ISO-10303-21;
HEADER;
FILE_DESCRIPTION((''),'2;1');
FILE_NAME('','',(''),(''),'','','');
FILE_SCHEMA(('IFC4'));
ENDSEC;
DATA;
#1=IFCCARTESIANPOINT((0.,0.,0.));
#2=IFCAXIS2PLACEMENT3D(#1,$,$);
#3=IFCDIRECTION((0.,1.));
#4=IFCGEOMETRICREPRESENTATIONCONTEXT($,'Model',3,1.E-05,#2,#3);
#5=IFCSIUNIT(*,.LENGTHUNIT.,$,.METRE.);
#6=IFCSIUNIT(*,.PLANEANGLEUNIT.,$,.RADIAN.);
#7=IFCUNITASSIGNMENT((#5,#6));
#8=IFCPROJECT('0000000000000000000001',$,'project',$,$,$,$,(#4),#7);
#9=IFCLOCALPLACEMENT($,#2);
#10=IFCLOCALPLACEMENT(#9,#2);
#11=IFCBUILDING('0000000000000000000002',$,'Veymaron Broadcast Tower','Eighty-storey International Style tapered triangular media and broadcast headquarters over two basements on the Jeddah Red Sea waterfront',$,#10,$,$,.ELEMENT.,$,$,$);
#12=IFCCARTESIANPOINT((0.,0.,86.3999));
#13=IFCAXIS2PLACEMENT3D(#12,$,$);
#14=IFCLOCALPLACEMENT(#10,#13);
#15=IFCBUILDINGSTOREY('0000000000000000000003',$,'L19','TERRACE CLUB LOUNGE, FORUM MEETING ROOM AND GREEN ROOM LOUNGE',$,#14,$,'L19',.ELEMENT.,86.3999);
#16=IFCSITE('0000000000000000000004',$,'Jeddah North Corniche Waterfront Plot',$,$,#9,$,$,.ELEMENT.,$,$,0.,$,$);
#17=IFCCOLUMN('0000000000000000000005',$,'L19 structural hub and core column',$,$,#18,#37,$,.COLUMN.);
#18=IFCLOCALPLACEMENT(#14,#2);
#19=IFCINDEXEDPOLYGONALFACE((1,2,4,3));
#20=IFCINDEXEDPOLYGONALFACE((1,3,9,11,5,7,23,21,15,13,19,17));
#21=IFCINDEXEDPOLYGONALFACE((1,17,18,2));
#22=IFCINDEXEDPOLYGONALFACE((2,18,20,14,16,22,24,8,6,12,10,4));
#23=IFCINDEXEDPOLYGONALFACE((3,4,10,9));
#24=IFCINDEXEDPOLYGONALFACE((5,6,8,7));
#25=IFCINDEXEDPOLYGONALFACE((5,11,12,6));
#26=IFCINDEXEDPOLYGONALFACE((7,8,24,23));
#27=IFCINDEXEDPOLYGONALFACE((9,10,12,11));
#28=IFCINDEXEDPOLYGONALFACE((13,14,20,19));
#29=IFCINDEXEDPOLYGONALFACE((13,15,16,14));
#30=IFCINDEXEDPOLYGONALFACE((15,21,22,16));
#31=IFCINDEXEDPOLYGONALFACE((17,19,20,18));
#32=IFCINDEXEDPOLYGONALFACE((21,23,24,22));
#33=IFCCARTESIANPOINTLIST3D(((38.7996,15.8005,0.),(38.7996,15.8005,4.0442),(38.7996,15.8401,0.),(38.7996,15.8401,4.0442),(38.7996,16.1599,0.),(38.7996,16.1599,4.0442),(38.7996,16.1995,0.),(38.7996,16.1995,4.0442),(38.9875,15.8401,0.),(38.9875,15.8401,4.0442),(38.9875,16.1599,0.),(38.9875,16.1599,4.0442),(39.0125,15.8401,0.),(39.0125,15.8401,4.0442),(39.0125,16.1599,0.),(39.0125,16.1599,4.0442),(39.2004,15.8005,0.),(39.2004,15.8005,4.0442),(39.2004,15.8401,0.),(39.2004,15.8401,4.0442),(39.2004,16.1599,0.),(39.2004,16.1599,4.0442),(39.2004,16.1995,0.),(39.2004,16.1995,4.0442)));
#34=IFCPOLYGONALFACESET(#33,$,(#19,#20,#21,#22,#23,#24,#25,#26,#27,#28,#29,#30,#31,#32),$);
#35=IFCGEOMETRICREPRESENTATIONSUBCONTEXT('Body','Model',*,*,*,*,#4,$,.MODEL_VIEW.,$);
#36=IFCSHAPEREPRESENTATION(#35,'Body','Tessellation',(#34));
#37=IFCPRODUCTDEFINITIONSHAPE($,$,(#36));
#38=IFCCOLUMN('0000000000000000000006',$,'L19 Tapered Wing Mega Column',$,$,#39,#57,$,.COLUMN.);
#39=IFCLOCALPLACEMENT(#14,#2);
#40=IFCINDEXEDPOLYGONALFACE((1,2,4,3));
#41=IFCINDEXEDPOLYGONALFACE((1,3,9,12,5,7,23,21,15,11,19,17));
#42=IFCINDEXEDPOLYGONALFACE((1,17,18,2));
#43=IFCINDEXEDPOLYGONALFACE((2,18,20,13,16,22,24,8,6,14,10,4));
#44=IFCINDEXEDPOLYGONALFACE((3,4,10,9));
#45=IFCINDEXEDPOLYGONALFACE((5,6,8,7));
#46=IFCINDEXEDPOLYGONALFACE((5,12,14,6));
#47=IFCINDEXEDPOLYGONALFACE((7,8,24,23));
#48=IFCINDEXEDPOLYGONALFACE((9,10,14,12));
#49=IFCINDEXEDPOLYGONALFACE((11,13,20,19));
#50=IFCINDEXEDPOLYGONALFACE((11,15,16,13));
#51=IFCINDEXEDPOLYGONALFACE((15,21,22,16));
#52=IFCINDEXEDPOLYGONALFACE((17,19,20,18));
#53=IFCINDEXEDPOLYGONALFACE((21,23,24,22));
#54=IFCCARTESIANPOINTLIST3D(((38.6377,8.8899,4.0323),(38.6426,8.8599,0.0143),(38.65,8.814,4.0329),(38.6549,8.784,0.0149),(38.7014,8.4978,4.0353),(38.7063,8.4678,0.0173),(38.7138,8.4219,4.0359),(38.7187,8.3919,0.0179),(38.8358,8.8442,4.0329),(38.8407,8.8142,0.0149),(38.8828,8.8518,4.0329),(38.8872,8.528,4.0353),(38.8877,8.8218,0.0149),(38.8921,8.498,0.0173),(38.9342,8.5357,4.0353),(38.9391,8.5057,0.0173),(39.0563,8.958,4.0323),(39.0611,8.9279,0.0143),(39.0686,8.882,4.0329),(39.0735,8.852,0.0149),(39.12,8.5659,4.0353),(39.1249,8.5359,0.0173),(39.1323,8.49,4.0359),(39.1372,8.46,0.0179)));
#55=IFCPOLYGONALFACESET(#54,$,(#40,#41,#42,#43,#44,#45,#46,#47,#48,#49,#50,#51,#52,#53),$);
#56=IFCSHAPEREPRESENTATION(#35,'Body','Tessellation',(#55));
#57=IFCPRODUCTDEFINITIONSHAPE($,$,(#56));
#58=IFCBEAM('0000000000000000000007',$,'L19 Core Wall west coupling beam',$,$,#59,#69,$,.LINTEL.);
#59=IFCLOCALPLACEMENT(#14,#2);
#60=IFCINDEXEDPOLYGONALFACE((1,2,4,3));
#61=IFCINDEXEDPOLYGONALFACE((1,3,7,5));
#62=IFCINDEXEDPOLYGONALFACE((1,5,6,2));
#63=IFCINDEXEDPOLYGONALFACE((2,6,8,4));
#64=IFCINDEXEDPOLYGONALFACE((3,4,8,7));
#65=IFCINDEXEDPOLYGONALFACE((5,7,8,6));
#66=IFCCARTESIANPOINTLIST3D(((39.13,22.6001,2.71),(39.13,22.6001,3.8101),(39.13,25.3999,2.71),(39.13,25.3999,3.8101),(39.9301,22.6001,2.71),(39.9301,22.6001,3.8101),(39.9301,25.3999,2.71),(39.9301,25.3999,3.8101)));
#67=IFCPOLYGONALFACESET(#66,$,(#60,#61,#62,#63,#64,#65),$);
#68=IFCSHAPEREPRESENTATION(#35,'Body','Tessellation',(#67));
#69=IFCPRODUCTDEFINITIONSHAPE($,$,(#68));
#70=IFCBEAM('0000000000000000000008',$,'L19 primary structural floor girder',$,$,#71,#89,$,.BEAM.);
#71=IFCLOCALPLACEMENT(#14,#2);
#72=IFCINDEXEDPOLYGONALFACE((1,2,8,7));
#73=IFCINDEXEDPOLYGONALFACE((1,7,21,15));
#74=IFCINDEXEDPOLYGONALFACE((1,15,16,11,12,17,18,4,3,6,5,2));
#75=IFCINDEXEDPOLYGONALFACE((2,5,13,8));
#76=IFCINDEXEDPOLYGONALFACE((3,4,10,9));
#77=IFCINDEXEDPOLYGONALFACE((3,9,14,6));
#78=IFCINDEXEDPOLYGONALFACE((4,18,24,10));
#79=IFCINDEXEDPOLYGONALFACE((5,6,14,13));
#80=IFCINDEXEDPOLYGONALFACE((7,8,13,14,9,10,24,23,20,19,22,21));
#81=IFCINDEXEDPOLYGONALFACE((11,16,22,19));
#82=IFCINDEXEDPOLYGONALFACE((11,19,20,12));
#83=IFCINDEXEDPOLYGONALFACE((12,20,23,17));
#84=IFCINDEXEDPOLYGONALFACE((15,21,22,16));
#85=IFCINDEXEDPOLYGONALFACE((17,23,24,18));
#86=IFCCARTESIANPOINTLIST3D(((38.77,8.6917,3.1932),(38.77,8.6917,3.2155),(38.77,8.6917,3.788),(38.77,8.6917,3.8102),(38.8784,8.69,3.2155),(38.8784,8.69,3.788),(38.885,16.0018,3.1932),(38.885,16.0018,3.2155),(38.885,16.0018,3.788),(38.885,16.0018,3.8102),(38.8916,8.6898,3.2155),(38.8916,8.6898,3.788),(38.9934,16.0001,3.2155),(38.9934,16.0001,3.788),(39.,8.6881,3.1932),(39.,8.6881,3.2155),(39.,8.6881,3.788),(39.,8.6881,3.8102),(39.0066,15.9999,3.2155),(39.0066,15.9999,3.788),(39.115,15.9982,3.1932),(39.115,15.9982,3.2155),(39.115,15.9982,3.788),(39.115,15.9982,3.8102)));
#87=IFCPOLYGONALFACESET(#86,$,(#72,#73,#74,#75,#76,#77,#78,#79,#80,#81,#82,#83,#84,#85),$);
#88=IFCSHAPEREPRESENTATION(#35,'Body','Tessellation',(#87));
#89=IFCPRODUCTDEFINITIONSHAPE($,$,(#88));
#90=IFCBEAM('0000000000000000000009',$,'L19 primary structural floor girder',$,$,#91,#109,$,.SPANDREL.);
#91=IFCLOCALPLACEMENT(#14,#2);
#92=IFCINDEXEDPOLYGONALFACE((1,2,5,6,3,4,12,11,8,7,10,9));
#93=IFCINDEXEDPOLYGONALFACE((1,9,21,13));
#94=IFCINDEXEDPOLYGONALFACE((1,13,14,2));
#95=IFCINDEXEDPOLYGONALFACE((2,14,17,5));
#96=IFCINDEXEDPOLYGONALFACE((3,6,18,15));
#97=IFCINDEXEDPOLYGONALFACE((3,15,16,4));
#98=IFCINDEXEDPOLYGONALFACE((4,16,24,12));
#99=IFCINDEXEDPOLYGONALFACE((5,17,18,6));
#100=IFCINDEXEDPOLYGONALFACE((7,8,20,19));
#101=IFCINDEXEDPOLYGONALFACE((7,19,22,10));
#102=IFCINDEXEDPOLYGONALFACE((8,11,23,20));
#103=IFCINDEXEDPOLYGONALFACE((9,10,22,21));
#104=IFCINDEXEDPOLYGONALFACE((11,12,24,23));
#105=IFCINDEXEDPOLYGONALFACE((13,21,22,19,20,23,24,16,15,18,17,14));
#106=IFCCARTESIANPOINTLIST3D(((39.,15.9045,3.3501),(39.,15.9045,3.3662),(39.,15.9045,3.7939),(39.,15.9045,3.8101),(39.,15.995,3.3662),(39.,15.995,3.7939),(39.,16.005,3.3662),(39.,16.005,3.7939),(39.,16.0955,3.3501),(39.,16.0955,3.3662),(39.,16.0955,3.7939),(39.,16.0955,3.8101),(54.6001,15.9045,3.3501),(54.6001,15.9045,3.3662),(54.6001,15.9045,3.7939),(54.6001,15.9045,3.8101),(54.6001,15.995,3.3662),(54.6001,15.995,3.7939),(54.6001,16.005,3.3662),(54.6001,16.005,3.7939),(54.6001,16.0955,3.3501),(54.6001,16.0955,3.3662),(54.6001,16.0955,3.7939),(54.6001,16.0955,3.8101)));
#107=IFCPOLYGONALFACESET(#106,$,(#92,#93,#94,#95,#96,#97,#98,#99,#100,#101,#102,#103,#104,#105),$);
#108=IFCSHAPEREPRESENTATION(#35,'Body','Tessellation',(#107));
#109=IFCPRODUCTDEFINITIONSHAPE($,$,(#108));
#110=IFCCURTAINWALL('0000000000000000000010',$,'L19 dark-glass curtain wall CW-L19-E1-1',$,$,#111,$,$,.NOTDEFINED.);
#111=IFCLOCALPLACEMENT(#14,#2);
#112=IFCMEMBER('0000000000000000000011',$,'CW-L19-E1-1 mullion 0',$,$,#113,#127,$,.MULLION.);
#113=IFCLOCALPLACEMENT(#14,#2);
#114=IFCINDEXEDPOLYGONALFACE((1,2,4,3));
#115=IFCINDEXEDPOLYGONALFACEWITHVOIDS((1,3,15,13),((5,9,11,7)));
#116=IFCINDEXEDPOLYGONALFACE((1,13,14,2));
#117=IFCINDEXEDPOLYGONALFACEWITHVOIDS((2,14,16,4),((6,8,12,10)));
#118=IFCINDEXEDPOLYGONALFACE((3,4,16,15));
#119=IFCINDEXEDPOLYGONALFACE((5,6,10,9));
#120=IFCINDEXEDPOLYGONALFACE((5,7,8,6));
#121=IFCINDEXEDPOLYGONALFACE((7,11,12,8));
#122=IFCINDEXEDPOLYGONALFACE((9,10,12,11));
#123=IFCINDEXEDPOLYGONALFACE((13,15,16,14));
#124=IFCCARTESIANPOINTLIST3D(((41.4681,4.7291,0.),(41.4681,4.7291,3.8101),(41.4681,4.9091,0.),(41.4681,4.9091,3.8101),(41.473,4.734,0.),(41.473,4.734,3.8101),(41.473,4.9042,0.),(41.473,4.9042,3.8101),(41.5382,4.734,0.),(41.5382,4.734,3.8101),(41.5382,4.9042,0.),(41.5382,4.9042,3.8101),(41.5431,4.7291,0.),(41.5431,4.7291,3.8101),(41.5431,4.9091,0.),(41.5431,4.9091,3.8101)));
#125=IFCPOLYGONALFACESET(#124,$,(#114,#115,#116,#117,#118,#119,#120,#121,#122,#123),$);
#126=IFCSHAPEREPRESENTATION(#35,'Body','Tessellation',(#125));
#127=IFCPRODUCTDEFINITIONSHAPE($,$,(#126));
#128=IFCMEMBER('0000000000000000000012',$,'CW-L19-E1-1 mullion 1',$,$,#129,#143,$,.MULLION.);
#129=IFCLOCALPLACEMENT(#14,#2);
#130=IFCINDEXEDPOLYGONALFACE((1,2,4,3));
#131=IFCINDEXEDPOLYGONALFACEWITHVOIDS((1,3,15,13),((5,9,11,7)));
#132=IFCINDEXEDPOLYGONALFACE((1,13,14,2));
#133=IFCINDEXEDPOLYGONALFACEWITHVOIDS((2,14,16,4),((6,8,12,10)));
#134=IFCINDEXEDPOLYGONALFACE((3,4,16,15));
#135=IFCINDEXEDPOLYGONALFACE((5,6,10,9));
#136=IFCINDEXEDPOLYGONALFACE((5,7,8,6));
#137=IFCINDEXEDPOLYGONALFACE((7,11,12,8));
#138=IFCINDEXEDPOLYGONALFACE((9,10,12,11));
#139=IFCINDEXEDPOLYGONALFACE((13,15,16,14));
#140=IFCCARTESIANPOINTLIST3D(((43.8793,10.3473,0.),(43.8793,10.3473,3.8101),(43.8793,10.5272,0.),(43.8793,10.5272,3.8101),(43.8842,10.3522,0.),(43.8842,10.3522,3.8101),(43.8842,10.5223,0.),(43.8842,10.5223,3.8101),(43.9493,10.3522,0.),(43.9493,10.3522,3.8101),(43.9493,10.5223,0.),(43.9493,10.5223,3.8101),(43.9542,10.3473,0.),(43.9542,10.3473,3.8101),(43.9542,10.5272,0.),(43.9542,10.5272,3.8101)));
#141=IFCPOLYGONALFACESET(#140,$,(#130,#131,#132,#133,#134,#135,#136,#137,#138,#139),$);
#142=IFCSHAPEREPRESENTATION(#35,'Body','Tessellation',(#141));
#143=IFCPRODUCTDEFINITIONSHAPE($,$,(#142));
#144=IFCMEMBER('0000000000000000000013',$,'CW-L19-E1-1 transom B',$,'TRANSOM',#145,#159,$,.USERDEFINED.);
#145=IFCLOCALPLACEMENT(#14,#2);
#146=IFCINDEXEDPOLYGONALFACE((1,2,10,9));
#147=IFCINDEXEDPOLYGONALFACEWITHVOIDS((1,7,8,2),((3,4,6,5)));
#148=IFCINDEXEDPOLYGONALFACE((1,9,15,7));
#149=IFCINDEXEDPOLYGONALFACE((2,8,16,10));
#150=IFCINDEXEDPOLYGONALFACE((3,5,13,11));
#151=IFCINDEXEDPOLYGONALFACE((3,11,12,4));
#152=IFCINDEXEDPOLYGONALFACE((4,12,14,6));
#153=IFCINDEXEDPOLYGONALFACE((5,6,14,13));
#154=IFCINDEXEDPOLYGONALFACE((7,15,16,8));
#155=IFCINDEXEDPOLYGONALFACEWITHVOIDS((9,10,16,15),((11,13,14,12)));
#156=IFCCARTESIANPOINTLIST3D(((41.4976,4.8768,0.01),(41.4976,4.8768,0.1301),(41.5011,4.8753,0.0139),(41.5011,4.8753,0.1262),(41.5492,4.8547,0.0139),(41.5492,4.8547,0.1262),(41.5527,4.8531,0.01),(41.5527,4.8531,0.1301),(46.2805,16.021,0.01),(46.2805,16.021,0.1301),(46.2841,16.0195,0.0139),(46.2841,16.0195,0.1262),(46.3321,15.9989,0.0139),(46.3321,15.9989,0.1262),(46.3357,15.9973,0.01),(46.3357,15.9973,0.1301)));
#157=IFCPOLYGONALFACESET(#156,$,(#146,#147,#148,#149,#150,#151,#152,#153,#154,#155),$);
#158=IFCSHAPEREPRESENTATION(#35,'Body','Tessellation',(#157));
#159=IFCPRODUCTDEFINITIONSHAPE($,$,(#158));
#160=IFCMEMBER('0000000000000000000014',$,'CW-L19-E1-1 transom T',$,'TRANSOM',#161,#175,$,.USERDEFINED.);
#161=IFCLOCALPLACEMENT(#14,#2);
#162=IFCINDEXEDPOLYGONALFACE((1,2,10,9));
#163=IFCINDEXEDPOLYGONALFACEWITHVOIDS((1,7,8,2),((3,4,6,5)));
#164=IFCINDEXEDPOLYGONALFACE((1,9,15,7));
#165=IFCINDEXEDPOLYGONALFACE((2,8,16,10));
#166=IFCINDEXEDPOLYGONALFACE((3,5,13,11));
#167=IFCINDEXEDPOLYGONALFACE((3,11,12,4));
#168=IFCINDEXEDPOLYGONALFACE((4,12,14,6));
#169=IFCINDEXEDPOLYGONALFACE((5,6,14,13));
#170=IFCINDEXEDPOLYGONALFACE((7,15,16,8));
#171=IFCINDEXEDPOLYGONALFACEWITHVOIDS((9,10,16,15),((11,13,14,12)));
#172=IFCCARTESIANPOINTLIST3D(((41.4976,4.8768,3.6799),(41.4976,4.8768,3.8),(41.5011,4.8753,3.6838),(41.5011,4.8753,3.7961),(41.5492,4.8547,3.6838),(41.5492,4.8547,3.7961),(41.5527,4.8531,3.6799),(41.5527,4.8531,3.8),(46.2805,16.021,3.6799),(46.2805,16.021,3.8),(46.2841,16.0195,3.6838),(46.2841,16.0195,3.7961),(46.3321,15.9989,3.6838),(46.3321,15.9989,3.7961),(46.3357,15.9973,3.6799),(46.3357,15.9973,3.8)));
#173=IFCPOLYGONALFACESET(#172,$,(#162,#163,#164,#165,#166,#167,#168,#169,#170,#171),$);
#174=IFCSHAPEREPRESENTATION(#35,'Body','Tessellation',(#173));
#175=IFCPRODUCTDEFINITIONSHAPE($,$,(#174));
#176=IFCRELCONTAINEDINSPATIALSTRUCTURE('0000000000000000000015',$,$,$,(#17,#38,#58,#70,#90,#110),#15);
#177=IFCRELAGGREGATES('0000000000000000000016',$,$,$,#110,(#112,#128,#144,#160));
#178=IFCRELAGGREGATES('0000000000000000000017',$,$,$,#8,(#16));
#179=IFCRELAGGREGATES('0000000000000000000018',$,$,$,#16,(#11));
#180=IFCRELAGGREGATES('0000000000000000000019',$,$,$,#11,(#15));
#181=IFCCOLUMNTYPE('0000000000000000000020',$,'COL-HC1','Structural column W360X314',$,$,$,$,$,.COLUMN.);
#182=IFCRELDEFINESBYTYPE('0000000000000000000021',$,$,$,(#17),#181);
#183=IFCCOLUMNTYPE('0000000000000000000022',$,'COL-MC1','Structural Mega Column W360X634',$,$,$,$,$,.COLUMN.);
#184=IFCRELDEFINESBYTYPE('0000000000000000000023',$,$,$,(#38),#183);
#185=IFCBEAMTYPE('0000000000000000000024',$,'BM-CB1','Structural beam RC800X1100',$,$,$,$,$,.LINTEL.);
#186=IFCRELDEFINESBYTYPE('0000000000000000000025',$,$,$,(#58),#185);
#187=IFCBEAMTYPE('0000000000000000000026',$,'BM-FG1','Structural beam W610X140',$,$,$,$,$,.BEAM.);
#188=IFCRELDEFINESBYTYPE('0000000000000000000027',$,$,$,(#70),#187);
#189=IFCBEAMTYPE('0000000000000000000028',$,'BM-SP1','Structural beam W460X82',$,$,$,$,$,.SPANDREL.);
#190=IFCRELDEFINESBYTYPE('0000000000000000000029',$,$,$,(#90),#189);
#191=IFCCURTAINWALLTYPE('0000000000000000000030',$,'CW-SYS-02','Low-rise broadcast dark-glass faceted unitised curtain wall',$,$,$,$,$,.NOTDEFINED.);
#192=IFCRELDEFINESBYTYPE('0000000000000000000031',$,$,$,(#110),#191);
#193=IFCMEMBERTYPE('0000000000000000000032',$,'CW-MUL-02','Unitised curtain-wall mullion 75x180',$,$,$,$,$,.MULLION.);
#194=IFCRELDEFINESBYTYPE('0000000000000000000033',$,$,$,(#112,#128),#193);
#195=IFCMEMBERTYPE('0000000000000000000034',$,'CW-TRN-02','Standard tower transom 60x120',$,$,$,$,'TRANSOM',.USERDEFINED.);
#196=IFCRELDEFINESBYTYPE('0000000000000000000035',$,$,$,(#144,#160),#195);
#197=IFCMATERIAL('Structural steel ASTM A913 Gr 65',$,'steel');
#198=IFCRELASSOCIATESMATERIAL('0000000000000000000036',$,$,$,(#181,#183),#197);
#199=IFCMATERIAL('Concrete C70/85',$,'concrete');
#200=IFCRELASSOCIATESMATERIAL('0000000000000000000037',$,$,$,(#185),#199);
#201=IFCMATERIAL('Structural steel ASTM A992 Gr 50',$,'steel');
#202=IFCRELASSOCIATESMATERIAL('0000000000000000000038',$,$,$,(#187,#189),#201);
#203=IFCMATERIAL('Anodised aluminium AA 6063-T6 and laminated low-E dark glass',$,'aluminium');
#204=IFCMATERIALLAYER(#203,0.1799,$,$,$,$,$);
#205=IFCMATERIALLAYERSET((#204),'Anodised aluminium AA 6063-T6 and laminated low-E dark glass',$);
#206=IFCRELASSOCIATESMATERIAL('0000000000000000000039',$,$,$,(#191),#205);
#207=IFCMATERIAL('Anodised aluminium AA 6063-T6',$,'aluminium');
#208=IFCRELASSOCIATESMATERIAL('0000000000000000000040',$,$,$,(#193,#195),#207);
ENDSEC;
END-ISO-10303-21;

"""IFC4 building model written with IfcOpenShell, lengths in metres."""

from ifc_helpers import new_model, si_unit, direction, frame, origin, origin_2d, place, context, subcontext, project, spatial, rectangle, hollow_rectangle, i_section, extrude, material, layer, layer_set, material_profile, profile_set, type_object, element, aggregate, save


model = new_model("IFC4")

# Units and contexts
model_context = context("Model", 3, precision=1e-05, world=origin(), true_north=direction((0.0, 1.0)))
body_context = subcontext(model_context, "Body", "Model", "MODEL_VIEW")
ifc_project = project(units=[si_unit("LENGTHUNIT", "METRE"), si_unit("PLANEANGLEUNIT", "RADIAN")], contexts=[model_context])

# Site, building, storey
site_placement = place(None, origin())
site = spatial("IfcSite", under=ifc_project, at=site_placement, Name="Jeddah North Corniche Waterfront Plot", CompositionType="ELEMENT", RefElevation=0.0)
building_placement = place(site_placement, origin())
building = spatial("IfcBuilding", under=site, at=building_placement, Name="Veymaron Broadcast Tower", Description="Eighty-storey International Style tapered triangular media and broadcast headquarters over two basements on the Jeddah Red Sea waterfront", CompositionType="ELEMENT")
storey_placement = place(building_placement, frame((0.0, 0.0, 86.3999)))
storey = spatial("IfcBuildingStorey", under=building, at=storey_placement, Name="L19", Description="TERRACE CLUB LOUNGE, FORUM MEETING ROOM AND GREEN ROOM LOUNGE", LongName="L19", CompositionType="ELEMENT", Elevation=86.3999)

# Columns
ifc_material_1 = material(Name="Structural steel ASTM A913 Gr 65", Category="steel")
ifc_material_profile_1 = material_profile(ifc_material_1, i_section(OverallWidth=0.4009, OverallDepth=0.3989, WebThickness=0.0249, FlangeThickness=0.0396, at=origin_2d()), Name="W360X314")
ifc_profile_set_1 = profile_set([ifc_material_profile_1], Name="Structural steel ASTM A913 Gr 65")
column_type_1 = type_object("IfcColumnType", Name="COL-HC1", Description="Structural column W360X314", PredefinedType="COLUMN", material=ifc_profile_set_1)
column_1_placement = place(storey_placement, frame((39.0, 16.0, 0.0), z_axis=(0.0, 0.0, 1.0), x_axis=(1.0, 0.0, 0.0)))
element("IfcColumn", 1, at=column_1_placement, inside=storey, type_object=column_type_1, Name="L19 structural hub and core column", PredefinedType="COLUMN", context=body_context, shape_type="SweptSolid", body=[
    extrude(i_section(OverallWidth=0.4009, OverallDepth=0.3989, WebThickness=0.0249, FlangeThickness=0.0396, at=origin_2d()), origin(), (0.0, 0.0, 1.0), 4.0442),
])
ifc_material_profile_2 = material_profile(ifc_material_1, i_section(OverallWidth=0.4241, OverallDepth=0.4741, WebThickness=0.0476, FlangeThickness=0.0769, at=origin_2d()), Name="W360X634")
ifc_profile_set_2 = profile_set([ifc_material_profile_2], Name="Structural steel ASTM A913 Gr 65")
column_type_2 = type_object("IfcColumnType", Name="COL-MC1", Description="Structural Mega Column W360X634", PredefinedType="COLUMN", material=ifc_profile_set_2)
column_2_placement = place(storey_placement, frame((38.8899, 8.6599, 0.0161), z_axis=(-0.001215, 0.007473, 0.999971), x_axis=(-0.987037, -0.160494, 0.0)))
element("IfcColumn", 2, at=column_2_placement, inside=storey, type_object=column_type_2, Name="L19 Tapered Wing Mega Column", PredefinedType="COLUMN", context=body_context, shape_type="SweptSolid", body=[
    extrude(i_section(OverallWidth=0.4241, OverallDepth=0.4741, WebThickness=0.0476, FlangeThickness=0.0769, at=origin_2d()), origin(), (0.0, 0.0, 1.0), 4.0181),
])

# Beams
ifc_material_2 = material(Name="Concrete C70/85", Category="concrete")
ifc_material_profile_3 = material_profile(ifc_material_2, rectangle(XDim=0.8, YDim=1.1001, at=origin_2d()), Name="RC800X1100")
ifc_profile_set_3 = profile_set([ifc_material_profile_3], Name="Concrete C70/85")
beam_type_1 = type_object("IfcBeamType", Name="BM-CB1", Description="Structural beam RC800X1100", PredefinedType="LINTEL", material=ifc_profile_set_3)
beam_1_placement = place(storey_placement, frame((39.53, 22.6001, 3.26), z_axis=(0.0, 1.0, 0.0), x_axis=(-1.0, 0.0, 0.0)))
element("IfcBeam", 3, at=beam_1_placement, inside=storey, type_object=beam_type_1, Name="L19 Core Wall west coupling beam", PredefinedType="LINTEL", context=body_context, shape_type="SweptSolid", body=[
    extrude(rectangle(XDim=0.8, YDim=1.1001, at=origin_2d()), origin(), (0.0, 0.0, 1.0), 2.7998),
])
ifc_material_3 = material(Name="Structural steel ASTM A992 Gr 50", Category="steel")
ifc_material_profile_4 = material_profile(ifc_material_3, i_section(OverallWidth=0.23, OverallDepth=0.6169, WebThickness=0.0132, FlangeThickness=0.0222, at=origin_2d()), Name="W610X140")
ifc_profile_set_4 = profile_set([ifc_material_profile_4], Name="Structural steel ASTM A992 Gr 50")
beam_type_2 = type_object("IfcBeamType", Name="BM-FG1", Description="Structural beam W610X140", PredefinedType="BEAM", material=ifc_profile_set_4)
beam_2_placement = place(storey_placement, frame((39.0, 16.0, 3.5017), z_axis=(-0.015728, -0.999876, 0.0), x_axis=(0.999876, -0.015728, 0.0)))
element("IfcBeam", 4, at=beam_2_placement, inside=storey, type_object=beam_type_2, Name="L19 primary structural floor girder", PredefinedType="BEAM", context=body_context, shape_type="SweptSolid", body=[
    extrude(i_section(OverallWidth=0.23, OverallDepth=0.6169, WebThickness=0.0132, FlangeThickness=0.0222, at=origin_2d()), origin(), (0.0, 0.0, 1.0), 7.311),
])
ifc_material_profile_5 = material_profile(ifc_material_3, i_section(OverallWidth=0.1909, OverallDepth=0.46, WebThickness=0.01, FlangeThickness=0.0161, at=origin_2d()), Name="W460X82")
ifc_profile_set_5 = profile_set([ifc_material_profile_5], Name="Structural steel ASTM A992 Gr 50")
beam_type_3 = type_object("IfcBeamType", Name="BM-SP1", Description="Structural beam W460X82", PredefinedType="SPANDREL", material=ifc_profile_set_5)
beam_3_placement = place(storey_placement, frame((39.0, 16.0, 3.5801), z_axis=(1.0, 0.0, 0.0), x_axis=(0.0, 1.0, 0.0)))
element("IfcBeam", 5, at=beam_3_placement, inside=storey, type_object=beam_type_3, Name="L19 primary structural floor girder", PredefinedType="SPANDREL", context=body_context, shape_type="SweptSolid", body=[
    extrude(i_section(OverallWidth=0.1909, OverallDepth=0.46, WebThickness=0.01, FlangeThickness=0.0161, at=origin_2d()), origin(), (0.0, 0.0, 1.0), 15.6001),
])

# Curtain wall, members
ifc_material_4 = material(Name="Anodised aluminium AA 6063-T6 and laminated low-E dark glass", Category="aluminium")
ifc_layer_1 = layer(ifc_material_4, 0.1799)
ifc_layer_set_1 = layer_set([ifc_layer_1], Name="Anodised aluminium AA 6063-T6 and laminated low-E dark glass")
curtain_wall_type = type_object("IfcCurtainWallType", Name="CW-SYS-02", Description="Low-rise broadcast dark-glass faceted unitised curtain wall", PredefinedType="NOTDEFINED", material=ifc_layer_set_1)
curtain_wall_placement = place(storey_placement, origin())
curtain_wall = element("IfcCurtainWall", 6, at=curtain_wall_placement, inside=storey, type_object=curtain_wall_type, Name="L19 dark-glass curtain wall CW-L19-E1-1", PredefinedType="NOTDEFINED")
ifc_material_5 = material(Name="Anodised aluminium AA 6063-T6", Category="aluminium")
ifc_material_profile_6 = material_profile(ifc_material_5, hollow_rectangle(XDim=0.075, YDim=0.1799, WallThickness=0.0049, at=origin_2d()), Name="AL180X75X5")
ifc_profile_set_6 = profile_set([ifc_material_profile_6], Name="Anodised aluminium AA 6063-T6")
member_type_1 = type_object("IfcMemberType", Name="CW-MUL-02", Description="Unitised curtain-wall mullion 75x180", PredefinedType="MULLION", material=ifc_profile_set_6)
member_1_placement = place(storey_placement, frame((41.5056, 4.8191, 0.0), z_axis=(0.0, 0.0, 1.0), x_axis=(1.0, 0.0, 0.0)))
member_1 = element("IfcMember", 7, at=member_1_placement, type_object=member_type_1, Name="CW-L19-E1-1 mullion 0", PredefinedType="MULLION", context=body_context, shape_type="SweptSolid", body=[
    extrude(hollow_rectangle(XDim=0.075, YDim=0.1799, WallThickness=0.0049, at=origin_2d()), origin(), (0.0, 0.0, 1.0), 3.8101),
])
member_2_placement = place(storey_placement, frame((43.9167, 10.4373, 0.0), z_axis=(0.0, 0.0, 1.0), x_axis=(1.0, 0.0, 0.0)))
member_2 = element("IfcMember", 8, at=member_2_placement, type_object=member_type_1, Name="CW-L19-E1-1 mullion 1", PredefinedType="MULLION", context=body_context, shape_type="SweptSolid", body=[
    extrude(hollow_rectangle(XDim=0.075, YDim=0.1799, WallThickness=0.0049, at=origin_2d()), origin(), (0.0, 0.0, 1.0), 3.8101),
])
ifc_material_profile_7 = material_profile(ifc_material_5, hollow_rectangle(XDim=0.0601, YDim=0.1201, WallThickness=0.0039, at=origin_2d()), Name="AL120X60X4")
ifc_profile_set_7 = profile_set([ifc_material_profile_7], Name="Anodised aluminium AA 6063-T6")
member_type_2 = type_object("IfcMemberType", Name="CW-TRN-02", Description="Standard tower transom 60x120", ElementType="TRANSOM", PredefinedType="USERDEFINED", material=ifc_profile_set_7)
member_3_placement = place(storey_placement, frame((41.5251, 4.865, 0.0701), z_axis=(0.394395, 0.918941, 0.0), x_axis=(-0.918941, 0.394395, 0.0)))
member_3 = element("IfcMember", 9, at=member_3_placement, type_object=member_type_2, Name="CW-L19-E1-1 transom B", ObjectType="TRANSOM", PredefinedType="USERDEFINED", context=body_context, shape_type="SweptSolid", body=[
    extrude(hollow_rectangle(XDim=0.0601, YDim=0.1201, WallThickness=0.0039, at=origin_2d()), origin(), (0.0, 0.0, 1.0), 12.1272),
])
member_4_placement = place(storey_placement, frame((41.5251, 4.865, 3.74), z_axis=(0.394395, 0.918941, 0.0), x_axis=(-0.918941, 0.394395, 0.0)))
member_4 = element("IfcMember", 10, at=member_4_placement, type_object=member_type_2, Name="CW-L19-E1-1 transom T", ObjectType="TRANSOM", PredefinedType="USERDEFINED", context=body_context, shape_type="SweptSolid", body=[
    extrude(hollow_rectangle(XDim=0.0601, YDim=0.1201, WallThickness=0.0039, at=origin_2d()), origin(), (0.0, 0.0, 1.0), 12.1272),
])
aggregate(curtain_wall, [member_1, member_2, member_3, member_4])

save(model, "model.ifc")
